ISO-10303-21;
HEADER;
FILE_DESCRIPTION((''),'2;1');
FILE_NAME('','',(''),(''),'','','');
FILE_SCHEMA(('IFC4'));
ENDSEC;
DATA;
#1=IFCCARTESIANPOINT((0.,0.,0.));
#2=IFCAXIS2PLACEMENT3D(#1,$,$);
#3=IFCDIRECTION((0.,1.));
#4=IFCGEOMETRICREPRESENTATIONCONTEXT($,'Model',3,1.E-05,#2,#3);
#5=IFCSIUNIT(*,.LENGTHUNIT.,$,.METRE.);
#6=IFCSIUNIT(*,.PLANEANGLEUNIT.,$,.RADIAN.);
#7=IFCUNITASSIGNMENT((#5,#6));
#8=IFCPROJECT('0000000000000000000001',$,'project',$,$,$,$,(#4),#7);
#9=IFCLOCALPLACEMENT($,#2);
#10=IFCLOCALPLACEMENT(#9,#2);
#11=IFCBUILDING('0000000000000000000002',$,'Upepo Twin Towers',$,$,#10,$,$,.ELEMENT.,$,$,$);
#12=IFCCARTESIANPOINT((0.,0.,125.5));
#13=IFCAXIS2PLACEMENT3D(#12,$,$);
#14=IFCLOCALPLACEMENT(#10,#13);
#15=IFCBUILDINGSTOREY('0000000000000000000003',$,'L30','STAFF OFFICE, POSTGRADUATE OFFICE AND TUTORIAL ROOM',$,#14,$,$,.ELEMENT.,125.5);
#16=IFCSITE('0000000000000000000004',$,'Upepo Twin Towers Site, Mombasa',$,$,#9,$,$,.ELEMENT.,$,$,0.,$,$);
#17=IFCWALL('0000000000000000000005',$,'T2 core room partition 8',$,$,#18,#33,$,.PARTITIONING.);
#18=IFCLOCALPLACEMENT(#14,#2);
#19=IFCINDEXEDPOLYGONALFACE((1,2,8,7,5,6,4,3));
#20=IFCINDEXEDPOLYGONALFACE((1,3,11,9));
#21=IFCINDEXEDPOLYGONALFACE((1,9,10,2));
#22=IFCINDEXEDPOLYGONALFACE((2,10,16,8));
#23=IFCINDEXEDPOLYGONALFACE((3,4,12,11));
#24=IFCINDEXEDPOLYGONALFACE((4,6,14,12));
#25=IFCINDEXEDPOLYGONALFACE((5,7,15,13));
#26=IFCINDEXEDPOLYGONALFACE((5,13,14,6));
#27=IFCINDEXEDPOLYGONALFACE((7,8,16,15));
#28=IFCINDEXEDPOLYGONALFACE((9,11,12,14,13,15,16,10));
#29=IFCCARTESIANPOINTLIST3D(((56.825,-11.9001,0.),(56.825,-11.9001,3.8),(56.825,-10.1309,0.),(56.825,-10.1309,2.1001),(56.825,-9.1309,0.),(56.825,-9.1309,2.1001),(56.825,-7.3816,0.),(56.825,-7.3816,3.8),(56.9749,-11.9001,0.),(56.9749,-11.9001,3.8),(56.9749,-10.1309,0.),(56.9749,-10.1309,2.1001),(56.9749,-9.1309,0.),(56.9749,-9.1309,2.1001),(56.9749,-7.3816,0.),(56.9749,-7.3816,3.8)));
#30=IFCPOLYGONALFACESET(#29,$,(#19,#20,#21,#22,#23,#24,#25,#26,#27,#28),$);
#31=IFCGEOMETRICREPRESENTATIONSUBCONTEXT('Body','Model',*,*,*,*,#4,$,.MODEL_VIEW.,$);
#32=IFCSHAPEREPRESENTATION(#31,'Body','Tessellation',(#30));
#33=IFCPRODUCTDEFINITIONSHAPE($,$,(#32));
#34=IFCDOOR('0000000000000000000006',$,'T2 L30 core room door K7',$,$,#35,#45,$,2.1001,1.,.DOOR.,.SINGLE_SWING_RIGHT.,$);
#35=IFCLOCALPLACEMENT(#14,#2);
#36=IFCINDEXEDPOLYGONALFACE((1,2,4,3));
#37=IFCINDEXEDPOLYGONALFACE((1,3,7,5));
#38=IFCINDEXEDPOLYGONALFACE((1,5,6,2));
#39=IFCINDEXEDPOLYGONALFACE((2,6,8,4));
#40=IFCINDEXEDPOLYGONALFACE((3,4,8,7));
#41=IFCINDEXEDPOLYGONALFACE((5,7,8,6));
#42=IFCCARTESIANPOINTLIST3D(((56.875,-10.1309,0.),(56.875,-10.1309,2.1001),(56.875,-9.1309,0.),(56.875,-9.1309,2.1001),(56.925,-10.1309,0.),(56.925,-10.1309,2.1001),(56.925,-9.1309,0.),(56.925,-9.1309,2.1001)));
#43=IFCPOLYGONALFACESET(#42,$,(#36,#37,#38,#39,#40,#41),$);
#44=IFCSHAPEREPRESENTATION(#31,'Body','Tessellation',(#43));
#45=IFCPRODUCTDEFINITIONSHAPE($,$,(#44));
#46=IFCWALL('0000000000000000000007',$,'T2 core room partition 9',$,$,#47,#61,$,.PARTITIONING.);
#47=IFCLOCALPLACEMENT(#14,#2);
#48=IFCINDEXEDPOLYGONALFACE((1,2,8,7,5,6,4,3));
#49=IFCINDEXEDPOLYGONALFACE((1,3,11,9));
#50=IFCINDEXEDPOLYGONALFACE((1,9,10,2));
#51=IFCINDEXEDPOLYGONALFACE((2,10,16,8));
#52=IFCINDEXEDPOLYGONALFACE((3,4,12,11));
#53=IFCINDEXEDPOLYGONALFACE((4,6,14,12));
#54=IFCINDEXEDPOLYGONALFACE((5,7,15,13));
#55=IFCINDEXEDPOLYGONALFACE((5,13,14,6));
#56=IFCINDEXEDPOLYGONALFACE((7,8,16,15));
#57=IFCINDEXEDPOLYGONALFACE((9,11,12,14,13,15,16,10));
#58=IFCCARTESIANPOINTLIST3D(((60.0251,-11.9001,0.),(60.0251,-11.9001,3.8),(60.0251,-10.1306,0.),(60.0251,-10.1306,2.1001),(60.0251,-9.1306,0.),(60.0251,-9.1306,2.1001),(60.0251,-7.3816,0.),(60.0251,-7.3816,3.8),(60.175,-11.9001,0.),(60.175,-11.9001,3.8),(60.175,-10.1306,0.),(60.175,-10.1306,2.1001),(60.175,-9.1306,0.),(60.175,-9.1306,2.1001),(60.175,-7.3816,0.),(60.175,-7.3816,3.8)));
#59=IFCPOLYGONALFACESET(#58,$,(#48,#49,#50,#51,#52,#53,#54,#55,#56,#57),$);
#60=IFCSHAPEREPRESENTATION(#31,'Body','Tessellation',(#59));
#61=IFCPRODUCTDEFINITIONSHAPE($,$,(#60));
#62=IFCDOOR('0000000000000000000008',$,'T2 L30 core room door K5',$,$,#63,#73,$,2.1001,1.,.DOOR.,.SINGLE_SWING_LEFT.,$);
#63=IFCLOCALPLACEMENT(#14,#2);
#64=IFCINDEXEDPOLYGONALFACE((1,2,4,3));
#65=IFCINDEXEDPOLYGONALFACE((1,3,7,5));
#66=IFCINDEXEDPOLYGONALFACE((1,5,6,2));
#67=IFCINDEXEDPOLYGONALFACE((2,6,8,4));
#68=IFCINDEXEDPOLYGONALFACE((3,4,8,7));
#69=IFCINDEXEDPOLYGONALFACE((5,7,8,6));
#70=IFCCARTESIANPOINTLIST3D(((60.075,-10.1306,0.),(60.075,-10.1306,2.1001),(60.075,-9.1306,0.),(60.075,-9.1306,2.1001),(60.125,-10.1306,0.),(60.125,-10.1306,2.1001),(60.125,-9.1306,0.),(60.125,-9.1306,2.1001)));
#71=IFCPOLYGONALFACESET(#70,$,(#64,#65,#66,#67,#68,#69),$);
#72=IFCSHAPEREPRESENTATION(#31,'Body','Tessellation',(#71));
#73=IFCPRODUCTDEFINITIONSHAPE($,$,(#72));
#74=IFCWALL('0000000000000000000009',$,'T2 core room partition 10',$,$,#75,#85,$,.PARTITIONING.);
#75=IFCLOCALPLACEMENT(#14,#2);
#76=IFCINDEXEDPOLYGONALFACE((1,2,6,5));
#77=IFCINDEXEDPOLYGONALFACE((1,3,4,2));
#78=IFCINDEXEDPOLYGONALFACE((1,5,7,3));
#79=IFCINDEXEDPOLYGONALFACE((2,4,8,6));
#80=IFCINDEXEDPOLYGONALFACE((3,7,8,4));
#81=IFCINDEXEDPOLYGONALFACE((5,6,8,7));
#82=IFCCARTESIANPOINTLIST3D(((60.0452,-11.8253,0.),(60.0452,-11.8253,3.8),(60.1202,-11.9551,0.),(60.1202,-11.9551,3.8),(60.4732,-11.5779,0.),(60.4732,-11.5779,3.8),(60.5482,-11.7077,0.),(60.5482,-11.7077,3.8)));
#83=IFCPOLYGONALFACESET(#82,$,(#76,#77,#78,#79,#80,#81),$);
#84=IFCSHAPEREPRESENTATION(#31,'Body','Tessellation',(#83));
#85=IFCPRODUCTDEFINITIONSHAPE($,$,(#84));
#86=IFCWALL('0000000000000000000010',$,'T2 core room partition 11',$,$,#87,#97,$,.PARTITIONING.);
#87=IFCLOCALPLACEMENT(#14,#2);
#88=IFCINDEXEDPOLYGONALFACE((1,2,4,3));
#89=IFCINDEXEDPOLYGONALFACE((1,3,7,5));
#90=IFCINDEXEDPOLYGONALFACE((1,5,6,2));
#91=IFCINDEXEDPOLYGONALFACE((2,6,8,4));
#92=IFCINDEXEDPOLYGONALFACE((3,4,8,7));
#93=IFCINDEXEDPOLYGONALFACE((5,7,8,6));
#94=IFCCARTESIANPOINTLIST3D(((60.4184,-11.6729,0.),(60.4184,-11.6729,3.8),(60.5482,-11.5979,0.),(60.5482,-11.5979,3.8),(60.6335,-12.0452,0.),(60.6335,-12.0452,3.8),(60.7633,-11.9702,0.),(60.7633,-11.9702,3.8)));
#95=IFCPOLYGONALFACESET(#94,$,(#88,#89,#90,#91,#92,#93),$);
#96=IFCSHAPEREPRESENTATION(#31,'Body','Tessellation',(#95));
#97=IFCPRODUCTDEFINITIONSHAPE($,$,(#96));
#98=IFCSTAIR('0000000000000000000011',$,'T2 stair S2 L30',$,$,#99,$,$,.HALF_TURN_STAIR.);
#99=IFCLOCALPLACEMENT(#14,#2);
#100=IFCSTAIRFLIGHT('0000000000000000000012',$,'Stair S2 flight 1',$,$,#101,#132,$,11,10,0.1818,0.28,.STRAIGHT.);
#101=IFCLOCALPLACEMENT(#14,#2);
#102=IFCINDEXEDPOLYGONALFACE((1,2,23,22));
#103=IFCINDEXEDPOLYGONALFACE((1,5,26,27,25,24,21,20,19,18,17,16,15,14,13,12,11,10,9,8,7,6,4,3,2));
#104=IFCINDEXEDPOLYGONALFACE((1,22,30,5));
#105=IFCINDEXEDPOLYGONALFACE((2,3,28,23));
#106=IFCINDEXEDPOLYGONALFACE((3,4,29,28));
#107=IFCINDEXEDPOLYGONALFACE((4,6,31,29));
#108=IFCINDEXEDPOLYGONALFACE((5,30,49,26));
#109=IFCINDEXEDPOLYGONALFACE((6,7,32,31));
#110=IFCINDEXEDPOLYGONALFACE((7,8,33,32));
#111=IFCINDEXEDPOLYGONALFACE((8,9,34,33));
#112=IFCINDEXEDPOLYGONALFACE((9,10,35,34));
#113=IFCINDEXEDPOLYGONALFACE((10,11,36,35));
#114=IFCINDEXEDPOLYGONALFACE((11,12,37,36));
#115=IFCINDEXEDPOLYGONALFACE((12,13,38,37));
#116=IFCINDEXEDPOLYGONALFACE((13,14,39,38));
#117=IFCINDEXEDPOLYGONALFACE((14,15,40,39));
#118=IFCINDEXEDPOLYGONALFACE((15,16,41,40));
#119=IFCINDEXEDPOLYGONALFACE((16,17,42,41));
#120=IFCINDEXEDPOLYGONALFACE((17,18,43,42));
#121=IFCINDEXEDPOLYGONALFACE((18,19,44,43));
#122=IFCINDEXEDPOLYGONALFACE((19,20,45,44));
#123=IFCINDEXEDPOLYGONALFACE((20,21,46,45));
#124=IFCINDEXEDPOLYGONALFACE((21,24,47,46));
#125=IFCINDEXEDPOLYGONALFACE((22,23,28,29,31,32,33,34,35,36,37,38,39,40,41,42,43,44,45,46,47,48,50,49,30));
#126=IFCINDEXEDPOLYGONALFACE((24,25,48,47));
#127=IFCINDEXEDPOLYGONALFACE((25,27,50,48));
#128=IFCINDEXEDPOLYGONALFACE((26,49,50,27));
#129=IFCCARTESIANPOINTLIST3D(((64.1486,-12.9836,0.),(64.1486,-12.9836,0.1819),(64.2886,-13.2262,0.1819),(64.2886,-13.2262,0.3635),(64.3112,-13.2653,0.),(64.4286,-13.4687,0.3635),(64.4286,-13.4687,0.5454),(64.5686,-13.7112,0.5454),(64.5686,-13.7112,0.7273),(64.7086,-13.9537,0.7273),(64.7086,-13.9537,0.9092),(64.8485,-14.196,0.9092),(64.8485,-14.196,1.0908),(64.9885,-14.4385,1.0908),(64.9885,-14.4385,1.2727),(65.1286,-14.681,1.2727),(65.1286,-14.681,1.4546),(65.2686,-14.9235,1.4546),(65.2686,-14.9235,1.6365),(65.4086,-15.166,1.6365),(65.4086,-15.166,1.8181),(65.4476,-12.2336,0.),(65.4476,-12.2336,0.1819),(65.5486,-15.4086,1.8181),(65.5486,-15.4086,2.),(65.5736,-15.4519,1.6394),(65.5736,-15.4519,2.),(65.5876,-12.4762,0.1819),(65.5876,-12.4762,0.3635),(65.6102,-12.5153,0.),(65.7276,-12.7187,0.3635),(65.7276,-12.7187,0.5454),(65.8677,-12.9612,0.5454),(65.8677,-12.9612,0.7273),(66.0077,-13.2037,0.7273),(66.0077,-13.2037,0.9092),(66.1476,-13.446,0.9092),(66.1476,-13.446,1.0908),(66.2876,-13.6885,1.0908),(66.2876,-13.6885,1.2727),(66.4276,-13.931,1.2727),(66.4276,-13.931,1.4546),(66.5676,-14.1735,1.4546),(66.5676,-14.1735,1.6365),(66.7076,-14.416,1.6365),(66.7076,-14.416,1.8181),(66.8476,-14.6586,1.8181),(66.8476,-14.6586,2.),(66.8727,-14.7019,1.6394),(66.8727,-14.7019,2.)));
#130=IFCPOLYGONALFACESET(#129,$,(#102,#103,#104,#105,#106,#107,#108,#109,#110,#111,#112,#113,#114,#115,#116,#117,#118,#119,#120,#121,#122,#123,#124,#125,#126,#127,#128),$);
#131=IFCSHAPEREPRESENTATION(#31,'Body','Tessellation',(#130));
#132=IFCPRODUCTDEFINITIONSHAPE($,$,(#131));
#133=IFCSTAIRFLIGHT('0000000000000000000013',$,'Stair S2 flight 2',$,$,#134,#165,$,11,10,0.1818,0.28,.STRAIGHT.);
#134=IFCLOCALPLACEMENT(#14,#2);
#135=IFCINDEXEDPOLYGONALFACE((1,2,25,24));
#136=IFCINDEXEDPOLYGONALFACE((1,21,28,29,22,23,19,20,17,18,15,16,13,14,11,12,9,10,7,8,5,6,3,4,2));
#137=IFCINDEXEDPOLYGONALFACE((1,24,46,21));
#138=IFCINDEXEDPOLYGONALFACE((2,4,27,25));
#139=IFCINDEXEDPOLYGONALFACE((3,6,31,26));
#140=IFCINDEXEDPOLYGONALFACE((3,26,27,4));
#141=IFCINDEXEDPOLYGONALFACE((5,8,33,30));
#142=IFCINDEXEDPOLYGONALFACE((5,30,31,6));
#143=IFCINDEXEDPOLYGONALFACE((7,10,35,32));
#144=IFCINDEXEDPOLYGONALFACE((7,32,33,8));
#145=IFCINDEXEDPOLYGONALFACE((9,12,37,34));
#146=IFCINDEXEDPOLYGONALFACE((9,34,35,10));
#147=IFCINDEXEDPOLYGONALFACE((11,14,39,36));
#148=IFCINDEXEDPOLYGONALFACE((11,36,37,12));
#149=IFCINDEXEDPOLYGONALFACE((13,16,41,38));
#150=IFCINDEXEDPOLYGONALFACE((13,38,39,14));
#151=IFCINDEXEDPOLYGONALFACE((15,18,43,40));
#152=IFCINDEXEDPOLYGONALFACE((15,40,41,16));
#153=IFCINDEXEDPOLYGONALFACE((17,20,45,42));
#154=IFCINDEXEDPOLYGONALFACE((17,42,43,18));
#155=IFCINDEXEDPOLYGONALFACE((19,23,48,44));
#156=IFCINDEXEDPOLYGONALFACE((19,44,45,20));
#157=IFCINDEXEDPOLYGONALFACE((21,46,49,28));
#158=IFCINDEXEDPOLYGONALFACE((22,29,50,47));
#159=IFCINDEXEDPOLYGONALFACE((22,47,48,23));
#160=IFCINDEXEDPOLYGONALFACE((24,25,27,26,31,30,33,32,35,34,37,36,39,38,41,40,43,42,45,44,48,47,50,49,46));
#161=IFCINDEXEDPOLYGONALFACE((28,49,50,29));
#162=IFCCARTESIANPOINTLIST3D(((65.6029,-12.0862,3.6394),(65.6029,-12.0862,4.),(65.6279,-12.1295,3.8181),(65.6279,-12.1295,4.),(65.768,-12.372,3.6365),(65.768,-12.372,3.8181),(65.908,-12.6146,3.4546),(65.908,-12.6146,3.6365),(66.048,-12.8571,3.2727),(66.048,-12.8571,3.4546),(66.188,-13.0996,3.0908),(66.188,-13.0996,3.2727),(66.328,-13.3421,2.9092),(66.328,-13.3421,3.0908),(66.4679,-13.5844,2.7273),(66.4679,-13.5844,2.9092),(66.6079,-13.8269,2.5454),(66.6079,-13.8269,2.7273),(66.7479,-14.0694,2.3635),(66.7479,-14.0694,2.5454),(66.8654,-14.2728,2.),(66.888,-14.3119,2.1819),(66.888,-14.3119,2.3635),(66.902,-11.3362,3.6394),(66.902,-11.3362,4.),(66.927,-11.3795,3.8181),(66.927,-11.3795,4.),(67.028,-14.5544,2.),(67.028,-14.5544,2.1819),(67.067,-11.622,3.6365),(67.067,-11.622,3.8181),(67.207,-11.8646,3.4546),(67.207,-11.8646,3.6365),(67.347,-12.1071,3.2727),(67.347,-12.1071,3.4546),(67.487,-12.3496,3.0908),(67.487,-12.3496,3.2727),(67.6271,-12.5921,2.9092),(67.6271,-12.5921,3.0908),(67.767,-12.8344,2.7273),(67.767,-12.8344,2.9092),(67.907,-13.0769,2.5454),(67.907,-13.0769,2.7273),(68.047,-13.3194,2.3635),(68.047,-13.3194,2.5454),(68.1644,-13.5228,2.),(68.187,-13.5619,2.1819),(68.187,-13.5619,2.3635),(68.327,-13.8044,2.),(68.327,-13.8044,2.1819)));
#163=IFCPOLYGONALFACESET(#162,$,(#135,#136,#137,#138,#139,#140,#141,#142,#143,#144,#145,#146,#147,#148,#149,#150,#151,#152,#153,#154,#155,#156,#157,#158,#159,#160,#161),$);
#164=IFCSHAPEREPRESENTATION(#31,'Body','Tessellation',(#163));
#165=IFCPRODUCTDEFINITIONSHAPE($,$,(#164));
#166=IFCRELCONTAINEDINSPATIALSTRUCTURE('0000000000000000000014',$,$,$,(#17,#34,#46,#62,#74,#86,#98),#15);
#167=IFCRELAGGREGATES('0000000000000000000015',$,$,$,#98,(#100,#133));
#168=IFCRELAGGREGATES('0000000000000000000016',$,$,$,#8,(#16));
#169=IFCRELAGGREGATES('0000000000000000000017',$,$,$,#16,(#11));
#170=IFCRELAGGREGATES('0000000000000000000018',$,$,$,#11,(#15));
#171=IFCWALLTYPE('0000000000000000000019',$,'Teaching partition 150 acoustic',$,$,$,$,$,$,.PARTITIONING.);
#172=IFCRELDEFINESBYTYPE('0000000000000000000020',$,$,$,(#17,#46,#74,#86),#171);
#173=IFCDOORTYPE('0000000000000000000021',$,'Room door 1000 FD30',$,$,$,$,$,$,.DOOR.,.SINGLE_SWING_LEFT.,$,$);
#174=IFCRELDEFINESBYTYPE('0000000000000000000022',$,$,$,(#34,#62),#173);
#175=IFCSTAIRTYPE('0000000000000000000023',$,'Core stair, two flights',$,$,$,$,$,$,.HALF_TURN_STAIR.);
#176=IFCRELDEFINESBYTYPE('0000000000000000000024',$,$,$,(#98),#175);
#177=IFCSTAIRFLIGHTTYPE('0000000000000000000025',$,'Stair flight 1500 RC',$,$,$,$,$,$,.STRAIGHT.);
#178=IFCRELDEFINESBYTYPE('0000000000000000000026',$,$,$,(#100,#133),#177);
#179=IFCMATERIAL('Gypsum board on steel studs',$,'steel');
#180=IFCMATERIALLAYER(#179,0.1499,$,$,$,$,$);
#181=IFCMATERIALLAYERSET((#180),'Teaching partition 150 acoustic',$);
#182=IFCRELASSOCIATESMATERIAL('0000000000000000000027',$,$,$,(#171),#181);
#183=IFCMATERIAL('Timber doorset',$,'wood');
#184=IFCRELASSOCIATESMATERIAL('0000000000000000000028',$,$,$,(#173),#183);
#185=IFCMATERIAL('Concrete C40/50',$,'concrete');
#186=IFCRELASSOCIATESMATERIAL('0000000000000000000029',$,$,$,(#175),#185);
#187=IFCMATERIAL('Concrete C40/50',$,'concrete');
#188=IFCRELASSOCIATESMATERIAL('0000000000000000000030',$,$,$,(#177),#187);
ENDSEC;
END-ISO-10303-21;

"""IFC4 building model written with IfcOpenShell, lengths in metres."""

from ifc_helpers import new_model, si_unit, direction, frame, frame_2d, origin, place, context, subcontext, project, spatial, polyline, rectangle, outline, extrude, material, layer, layer_set, type_object, element, fill, aggregate, save


model = new_model("IFC4")

# Units and contexts
model_context = context("Model", 3, precision=1e-05, world=origin(), true_north=direction((0.0, 1.0)))
body_context = subcontext(model_context, "Body", "Model", "MODEL_VIEW")
ifc_project = project(units=[si_unit("LENGTHUNIT", "METRE"), si_unit("PLANEANGLEUNIT", "RADIAN")], contexts=[model_context])

# Site, building, storey
site_placement = place(None, origin())
site = spatial("IfcSite", under=ifc_project, at=site_placement, Name="Upepo Twin Towers Site, Mombasa", CompositionType="ELEMENT", RefElevation=0.0)
building_placement = place(site_placement, origin())
building = spatial("IfcBuilding", under=site, at=building_placement, Name="Upepo Twin Towers", CompositionType="ELEMENT")
storey_placement = place(building_placement, frame((0.0, 0.0, 125.5)))
storey = spatial("IfcBuildingStorey", under=building, at=storey_placement, Name="L30", Description="STAFF OFFICE, POSTGRADUATE OFFICE AND TUTORIAL ROOM", CompositionType="ELEMENT", Elevation=125.5)

# Walls, openings, doors
ifc_material_1 = material(Name="Gypsum board on steel studs", Category="steel")
ifc_layer_1 = layer(ifc_material_1, 0.1499)
ifc_layer_set_1 = layer_set([ifc_layer_1], Name="Teaching partition 150 acoustic")
wall_type_1 = type_object("IfcWallType", Name="Teaching partition 150 acoustic", PredefinedType="PARTITIONING", material=ifc_layer_set_1)
wall_1_placement = place(storey_placement, frame((56.8999, -11.9001, 0.0), z_axis=(0.0, 0.0, 1.0), x_axis=(0.0, 1.0, 0.0)))
wall_1 = element("IfcWall", 1, at=wall_1_placement, inside=storey, type_object=wall_type_1, Name="T2 core room partition 8", PredefinedType="PARTITIONING", context=body_context, shape_type="SweptSolid", body=[
    extrude(rectangle(XDim=4.5186, YDim=0.1499, at=frame_2d((2.2593, 0.0))), origin(), (0.0, 0.0, 1.0), 3.8),
])
opening_1_placement = place(wall_1_placement, frame((1.7693, 0.0, 0.0)))
opening_1 = element("IfcOpeningElement", 2, at=opening_1_placement, cuts=wall_1, PredefinedType="OPENING", context=body_context, shape_type="SweptSolid", body=[
    extrude(rectangle(XDim=1.0, YDim=2.1001, at=frame_2d((0.5, 1.05))), frame((0.0, 0.085, 0.0), z_axis=(0.0, -1.0, 0.0), x_axis=(1.0, 0.0, 0.0)), (0.0, 0.0, 1.0), 0.1699),
])
ifc_material_2 = material(Name="Timber doorset", Category="wood")
door_type_1 = type_object("IfcDoorType", Name="Room door 1000 FD30", OperationType="SINGLE_SWING_LEFT", PredefinedType="DOOR", material=ifc_material_2)
door_1_placement = place(opening_1_placement, origin())
door_1 = element("IfcDoor", 3, at=door_1_placement, inside=storey, type_object=door_type_1, Name="T2 L30 core room door K7", OperationType="SINGLE_SWING_RIGHT", OverallHeight=2.1001, OverallWidth=1.0, PredefinedType="DOOR", context=body_context, shape_type="SweptSolid", body=[
    extrude(rectangle(XDim=1.0, YDim=2.1001, at=frame_2d((0.5, 1.05))), frame((0.0, 0.0249, 0.0), z_axis=(0.0, -1.0, 0.0), x_axis=(1.0, 0.0, 0.0)), (0.0, 0.0, 1.0), 0.05),
])
fill(opening_1, door_1)
wall_2_placement = place(storey_placement, frame((60.1001, -7.3816, 0.0), z_axis=(0.0, 0.0, 1.0), x_axis=(0.0, -1.0, 0.0)))
wall_2 = element("IfcWall", 4, at=wall_2_placement, inside=storey, type_object=wall_type_1, Name="T2 core room partition 9", PredefinedType="PARTITIONING", context=body_context, shape_type="SweptSolid", body=[
    extrude(rectangle(XDim=4.5186, YDim=0.1499, at=frame_2d((2.2593, 0.0))), origin(), (0.0, 0.0, 1.0), 3.8),
])
opening_2_placement = place(wall_2_placement, frame((1.749, 0.0, 0.0)))
opening_2 = element("IfcOpeningElement", 5, at=opening_2_placement, cuts=wall_2, PredefinedType="OPENING", context=body_context, shape_type="SweptSolid", body=[
    extrude(rectangle(XDim=1.0, YDim=2.1001, at=frame_2d((0.5, 1.05))), frame((0.0, 0.085, 0.0), z_axis=(0.0, -1.0, 0.0), x_axis=(1.0, 0.0, 0.0)), (0.0, 0.0, 1.0), 0.1699),
])
door_2_placement = place(opening_2_placement, origin())
door_2 = element("IfcDoor", 6, at=door_2_placement, inside=storey, type_object=door_type_1, Name="T2 L30 core room door K5", OperationType="SINGLE_SWING_LEFT", OverallHeight=2.1001, OverallWidth=1.0, PredefinedType="DOOR", context=body_context, shape_type="SweptSolid", body=[
    extrude(rectangle(XDim=1.0, YDim=2.1001, at=frame_2d((0.5, 1.05))), frame((0.0, 0.0249, 0.0), z_axis=(0.0, -1.0, 0.0), x_axis=(1.0, 0.0, 0.0)), (0.0, 0.0, 1.0), 0.05),
])
fill(opening_2, door_2)

# Walls
wall_3_placement = place(storey_placement, frame((60.0828, -11.8901, 0.0), z_axis=(0.0, 0.0, 1.0), x_axis=(0.865832, 0.500335, 0.0)))
element("IfcWall", 7, at=wall_3_placement, inside=storey, type_object=wall_type_1, Name="T2 core room partition 10", PredefinedType="PARTITIONING", context=body_context, shape_type="SweptSolid", body=[
    extrude(rectangle(XDim=0.4944, YDim=0.1499, at=frame_2d((0.2471, 0.0))), origin(), (0.0, 0.0, 1.0), 3.8),
])
wall_4_placement = place(storey_placement, frame((60.4834, -11.6355, 0.0), z_axis=(0.0, 0.0, 1.0), x_axis=(0.50023, -0.865892, 0.0)))
element("IfcWall", 8, at=wall_4_placement, inside=storey, type_object=wall_type_1, Name="T2 core room partition 11", PredefinedType="PARTITIONING", context=body_context, shape_type="SweptSolid", body=[
    extrude(rectangle(XDim=0.4299, YDim=0.1499, at=frame_2d((0.2148, 0.0))), origin(), (0.0, 0.0, 1.0), 3.8),
])

# Stair, stair flights
ifc_material_3 = material(Name="Concrete C40/50", Category="concrete")
stair_type = type_object("IfcStairType", Name="Core stair, two flights", PredefinedType="HALF_TURN_STAIR", material=ifc_material_3)
stair_placement = place(storey_placement, origin())
stair = element("IfcStair", 9, at=stair_placement, inside=storey, type_object=stair_type, Name="T2 stair S2 L30", PredefinedType="HALF_TURN_STAIR")
ifc_material_4 = material(Name="Concrete C40/50", Category="concrete")
stair_flight_type = type_object("IfcStairFlightType", Name="Stair flight 1500 RC", PredefinedType="STRAIGHT", material=ifc_material_4)
stair_flight_1_placement = place(storey_placement, frame((64.7981, -12.6086, 0.0), z_axis=(0.0, 0.0, 1.0), x_axis=(0.5, -0.866025, 0.0)))
stair_flight_1 = element("IfcStairFlight", 10, at=stair_flight_1_placement, type_object=stair_flight_type, Name="Stair S2 flight 1", NumberOfRisers=11, NumberOfTreads=10, PredefinedType="STRAIGHT", RiserHeight=0.1818, TreadLength=0.28, context=body_context, shape_type="SweptSolid", body=[
    extrude(outline(polyline([(0.0, 0.0), (0.0, 0.1819), (0.28, 0.1819), (0.28, 0.3635), (0.5601, 0.3635), (0.5601, 0.5454), (0.8401, 0.5454), (0.8401, 0.7273), (1.1201, 0.7273), (1.1201, 0.9092), (1.3999, 0.9092), (1.3999, 1.0908), (1.6799, 1.0908), (1.6799, 1.2727), (1.96, 1.2727), (1.96, 1.4546), (2.24, 1.4546), (2.24, 1.6365), (2.52, 1.6365), (2.52, 1.8181), (2.8, 1.8181), (2.8, 2.0), (2.8501, 2.0), (2.8501, 1.6394), (0.3252, 0.0), (0.0, 0.0)])), frame((0.0, 0.75, 0.0), z_axis=(0.0, -1.0, 0.0), x_axis=(1.0, 0.0, 0.0)), (0.0, 0.0, 1.0), 1.5),
])
stair_flight_2_placement = place(storey_placement, frame((67.6775, -14.1794, 2.0), z_axis=(0.0, 0.0, 1.0), x_axis=(-0.5, 0.866025, 0.0)))
stair_flight_2 = element("IfcStairFlight", 11, at=stair_flight_2_placement, type_object=stair_flight_type, Name="Stair S2 flight 2", NumberOfRisers=11, NumberOfTreads=10, PredefinedType="STRAIGHT", RiserHeight=0.1818, TreadLength=0.28, context=body_context, shape_type="SweptSolid", body=[
    extrude(outline(polyline([(0.0, 0.0), (0.0, 0.1819), (0.28, 0.1819), (0.28, 0.3635), (0.5601, 0.3635), (0.5601, 0.5454), (0.8401, 0.5454), (0.8401, 0.7273), (1.1201, 0.7273), (1.1201, 0.9092), (1.3999, 0.9092), (1.3999, 1.0908), (1.6799, 1.0908), (1.6799, 1.2727), (1.96, 1.2727), (1.96, 1.4546), (2.24, 1.4546), (2.24, 1.6365), (2.52, 1.6365), (2.52, 1.8181), (2.8, 1.8181), (2.8, 2.0), (2.8501, 2.0), (2.8501, 1.6394), (0.3252, 0.0), (0.0, 0.0)])), frame((0.0, 0.75, 0.0), z_axis=(0.0, -1.0, 0.0), x_axis=(1.0, 0.0, 0.0)), (0.0, 0.0, 1.0), 1.5),
])
aggregate(stair, [stair_flight_1, stair_flight_2])

save(model, "model.ifc")
